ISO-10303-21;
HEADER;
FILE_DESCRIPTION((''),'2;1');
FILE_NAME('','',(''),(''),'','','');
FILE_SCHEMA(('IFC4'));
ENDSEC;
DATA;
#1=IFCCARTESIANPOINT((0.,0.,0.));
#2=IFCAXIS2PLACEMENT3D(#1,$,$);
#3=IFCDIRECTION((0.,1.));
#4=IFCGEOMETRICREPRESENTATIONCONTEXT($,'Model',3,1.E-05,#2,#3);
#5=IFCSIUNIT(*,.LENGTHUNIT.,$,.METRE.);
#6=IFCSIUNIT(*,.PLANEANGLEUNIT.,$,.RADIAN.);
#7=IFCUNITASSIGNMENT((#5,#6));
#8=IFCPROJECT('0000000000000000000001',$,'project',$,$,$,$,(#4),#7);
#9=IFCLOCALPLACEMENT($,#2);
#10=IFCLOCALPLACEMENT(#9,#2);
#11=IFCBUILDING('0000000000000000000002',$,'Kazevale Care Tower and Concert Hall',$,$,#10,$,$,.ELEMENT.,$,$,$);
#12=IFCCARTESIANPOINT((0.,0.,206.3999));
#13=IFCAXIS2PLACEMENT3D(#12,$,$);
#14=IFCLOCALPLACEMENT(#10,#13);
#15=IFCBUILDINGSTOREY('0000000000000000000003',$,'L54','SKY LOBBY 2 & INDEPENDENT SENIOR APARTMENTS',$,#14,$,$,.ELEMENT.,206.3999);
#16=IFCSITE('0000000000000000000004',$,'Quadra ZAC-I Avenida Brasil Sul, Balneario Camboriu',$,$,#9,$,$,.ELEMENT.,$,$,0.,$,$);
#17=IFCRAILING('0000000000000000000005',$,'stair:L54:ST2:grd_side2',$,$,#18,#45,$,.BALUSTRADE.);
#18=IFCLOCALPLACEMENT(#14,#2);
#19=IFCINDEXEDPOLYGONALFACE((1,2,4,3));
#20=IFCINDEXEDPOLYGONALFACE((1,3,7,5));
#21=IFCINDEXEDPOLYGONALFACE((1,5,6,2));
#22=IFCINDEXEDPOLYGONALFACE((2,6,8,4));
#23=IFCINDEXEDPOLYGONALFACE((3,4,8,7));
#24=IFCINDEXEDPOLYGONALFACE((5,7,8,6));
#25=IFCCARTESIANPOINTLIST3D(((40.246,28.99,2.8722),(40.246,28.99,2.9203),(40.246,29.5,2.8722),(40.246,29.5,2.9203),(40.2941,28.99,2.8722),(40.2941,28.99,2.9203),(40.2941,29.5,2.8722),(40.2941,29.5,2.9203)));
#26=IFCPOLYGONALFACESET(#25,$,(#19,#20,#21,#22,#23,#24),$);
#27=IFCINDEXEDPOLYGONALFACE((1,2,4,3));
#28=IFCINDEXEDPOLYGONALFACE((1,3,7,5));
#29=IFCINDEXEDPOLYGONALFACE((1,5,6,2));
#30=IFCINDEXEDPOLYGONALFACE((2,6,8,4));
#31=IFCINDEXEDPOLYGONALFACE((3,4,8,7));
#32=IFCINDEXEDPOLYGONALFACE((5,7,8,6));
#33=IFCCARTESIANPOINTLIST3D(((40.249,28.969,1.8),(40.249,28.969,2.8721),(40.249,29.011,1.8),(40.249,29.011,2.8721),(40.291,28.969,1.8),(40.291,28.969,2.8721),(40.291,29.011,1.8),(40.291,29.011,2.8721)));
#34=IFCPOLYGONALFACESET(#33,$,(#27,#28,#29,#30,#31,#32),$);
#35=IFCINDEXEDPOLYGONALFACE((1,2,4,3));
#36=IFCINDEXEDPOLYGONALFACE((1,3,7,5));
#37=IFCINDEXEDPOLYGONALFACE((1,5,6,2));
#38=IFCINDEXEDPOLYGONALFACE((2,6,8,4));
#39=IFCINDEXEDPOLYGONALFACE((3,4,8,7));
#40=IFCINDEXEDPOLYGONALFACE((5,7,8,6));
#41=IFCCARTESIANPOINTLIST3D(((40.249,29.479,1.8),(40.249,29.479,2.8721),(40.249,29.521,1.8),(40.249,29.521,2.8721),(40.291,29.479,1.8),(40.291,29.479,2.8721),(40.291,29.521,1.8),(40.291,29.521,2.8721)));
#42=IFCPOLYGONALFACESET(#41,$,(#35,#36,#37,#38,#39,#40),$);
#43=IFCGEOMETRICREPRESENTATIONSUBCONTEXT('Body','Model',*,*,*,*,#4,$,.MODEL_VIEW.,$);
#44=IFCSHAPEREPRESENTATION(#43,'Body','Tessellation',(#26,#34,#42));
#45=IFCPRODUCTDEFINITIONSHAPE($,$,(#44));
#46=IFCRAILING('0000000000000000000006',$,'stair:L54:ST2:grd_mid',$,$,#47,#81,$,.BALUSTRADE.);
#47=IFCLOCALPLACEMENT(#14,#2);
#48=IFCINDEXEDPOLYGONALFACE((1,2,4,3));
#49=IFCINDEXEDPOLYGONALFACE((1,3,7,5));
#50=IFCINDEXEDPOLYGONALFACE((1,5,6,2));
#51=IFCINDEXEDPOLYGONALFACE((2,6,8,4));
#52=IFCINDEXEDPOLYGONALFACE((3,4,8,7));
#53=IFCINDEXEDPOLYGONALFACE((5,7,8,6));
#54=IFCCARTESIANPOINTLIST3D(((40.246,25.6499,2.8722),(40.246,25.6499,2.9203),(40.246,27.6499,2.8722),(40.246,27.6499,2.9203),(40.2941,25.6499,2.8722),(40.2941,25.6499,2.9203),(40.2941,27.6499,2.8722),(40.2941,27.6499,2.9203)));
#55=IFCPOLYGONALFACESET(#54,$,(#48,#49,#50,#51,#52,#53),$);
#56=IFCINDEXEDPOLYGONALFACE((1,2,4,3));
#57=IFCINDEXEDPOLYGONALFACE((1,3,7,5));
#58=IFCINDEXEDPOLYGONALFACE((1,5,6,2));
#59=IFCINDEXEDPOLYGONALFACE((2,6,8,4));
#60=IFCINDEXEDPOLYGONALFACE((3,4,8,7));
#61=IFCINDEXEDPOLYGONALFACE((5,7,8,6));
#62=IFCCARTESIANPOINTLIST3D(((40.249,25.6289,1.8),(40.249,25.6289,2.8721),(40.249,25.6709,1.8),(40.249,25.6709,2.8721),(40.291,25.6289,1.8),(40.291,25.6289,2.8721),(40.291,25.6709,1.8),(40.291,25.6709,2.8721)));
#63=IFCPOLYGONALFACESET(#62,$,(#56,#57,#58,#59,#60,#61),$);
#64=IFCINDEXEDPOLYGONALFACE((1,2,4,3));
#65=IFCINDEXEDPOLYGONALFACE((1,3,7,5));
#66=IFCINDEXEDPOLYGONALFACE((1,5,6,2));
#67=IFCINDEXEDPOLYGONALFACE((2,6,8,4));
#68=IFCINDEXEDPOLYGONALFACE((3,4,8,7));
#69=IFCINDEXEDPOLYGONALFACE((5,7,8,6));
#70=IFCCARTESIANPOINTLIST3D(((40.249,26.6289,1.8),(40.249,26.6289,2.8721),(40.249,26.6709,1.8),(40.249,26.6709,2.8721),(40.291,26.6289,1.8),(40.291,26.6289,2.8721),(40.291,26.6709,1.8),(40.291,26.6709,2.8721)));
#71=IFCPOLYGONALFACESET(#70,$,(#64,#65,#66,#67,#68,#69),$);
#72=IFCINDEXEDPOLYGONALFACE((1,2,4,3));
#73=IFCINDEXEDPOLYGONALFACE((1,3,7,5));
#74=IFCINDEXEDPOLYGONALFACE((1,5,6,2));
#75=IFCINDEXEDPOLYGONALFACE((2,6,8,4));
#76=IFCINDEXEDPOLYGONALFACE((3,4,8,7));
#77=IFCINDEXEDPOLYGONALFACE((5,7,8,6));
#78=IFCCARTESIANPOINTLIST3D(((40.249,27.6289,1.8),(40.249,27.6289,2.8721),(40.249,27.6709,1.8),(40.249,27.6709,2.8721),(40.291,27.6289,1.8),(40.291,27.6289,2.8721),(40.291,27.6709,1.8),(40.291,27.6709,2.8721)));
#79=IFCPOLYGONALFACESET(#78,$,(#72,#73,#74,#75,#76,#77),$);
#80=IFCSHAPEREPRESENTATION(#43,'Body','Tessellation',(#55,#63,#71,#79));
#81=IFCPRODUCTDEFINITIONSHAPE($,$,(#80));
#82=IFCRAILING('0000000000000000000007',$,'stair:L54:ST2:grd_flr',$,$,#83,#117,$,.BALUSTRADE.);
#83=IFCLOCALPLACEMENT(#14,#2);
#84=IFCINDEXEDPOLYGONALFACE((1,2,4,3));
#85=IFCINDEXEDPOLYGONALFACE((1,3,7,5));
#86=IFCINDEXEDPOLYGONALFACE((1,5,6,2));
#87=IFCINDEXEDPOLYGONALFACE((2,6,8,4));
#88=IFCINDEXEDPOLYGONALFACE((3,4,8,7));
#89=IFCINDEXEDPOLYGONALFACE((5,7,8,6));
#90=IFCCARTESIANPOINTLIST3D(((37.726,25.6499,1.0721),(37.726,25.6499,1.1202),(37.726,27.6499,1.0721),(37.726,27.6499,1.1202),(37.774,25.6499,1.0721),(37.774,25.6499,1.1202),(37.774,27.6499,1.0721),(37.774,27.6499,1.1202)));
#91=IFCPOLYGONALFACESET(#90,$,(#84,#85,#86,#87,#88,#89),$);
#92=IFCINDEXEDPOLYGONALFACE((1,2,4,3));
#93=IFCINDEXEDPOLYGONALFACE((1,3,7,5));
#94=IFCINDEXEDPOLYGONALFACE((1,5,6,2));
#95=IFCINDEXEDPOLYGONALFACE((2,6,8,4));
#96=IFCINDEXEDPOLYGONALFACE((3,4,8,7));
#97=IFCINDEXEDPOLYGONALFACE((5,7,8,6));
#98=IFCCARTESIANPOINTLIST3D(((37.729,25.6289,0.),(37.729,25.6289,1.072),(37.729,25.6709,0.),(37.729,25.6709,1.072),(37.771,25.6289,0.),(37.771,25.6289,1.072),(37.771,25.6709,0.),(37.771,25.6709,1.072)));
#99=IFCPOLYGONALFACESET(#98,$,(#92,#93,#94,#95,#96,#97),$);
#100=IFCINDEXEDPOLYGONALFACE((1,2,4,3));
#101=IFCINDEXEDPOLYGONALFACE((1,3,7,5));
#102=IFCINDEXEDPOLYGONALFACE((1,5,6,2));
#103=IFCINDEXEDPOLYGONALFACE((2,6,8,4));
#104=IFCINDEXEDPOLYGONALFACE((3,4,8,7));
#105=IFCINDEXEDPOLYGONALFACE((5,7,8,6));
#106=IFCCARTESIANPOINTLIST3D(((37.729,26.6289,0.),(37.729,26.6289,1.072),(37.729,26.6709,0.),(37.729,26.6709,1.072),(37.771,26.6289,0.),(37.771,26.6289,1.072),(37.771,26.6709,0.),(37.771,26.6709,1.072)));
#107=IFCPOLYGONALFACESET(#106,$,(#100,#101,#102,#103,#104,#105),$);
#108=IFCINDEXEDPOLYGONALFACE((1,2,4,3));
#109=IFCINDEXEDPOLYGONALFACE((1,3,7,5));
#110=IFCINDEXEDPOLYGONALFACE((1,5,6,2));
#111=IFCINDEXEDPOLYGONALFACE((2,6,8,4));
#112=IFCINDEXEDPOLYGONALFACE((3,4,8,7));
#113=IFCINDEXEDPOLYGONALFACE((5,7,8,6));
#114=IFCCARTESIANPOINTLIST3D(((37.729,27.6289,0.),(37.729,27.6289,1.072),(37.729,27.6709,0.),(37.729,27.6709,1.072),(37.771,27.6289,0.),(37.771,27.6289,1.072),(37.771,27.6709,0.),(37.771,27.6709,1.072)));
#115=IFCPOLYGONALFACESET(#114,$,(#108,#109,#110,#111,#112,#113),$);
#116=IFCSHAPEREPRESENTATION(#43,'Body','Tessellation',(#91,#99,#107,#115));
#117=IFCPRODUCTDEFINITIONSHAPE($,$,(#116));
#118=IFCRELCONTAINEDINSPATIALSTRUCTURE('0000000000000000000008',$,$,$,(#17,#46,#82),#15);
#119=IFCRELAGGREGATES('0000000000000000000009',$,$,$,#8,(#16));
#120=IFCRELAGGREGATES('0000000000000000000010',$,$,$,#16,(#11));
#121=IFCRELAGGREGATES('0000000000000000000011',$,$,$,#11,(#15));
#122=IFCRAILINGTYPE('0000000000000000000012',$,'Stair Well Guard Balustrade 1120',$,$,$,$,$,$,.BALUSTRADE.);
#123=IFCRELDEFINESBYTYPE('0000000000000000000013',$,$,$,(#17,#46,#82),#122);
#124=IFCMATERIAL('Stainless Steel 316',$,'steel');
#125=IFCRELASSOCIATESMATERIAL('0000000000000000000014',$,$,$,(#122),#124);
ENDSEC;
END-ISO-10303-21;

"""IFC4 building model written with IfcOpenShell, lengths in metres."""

from ifc_helpers import new_model, si_unit, direction, frame, origin, origin_2d, place, context, subcontext, project, spatial, rectangle, extrude, material, type_object, element, save


model = new_model("IFC4")

# Units and contexts
model_context = context("Model", 3, precision=1e-05, world=origin(), true_north=direction((0.0, 1.0)))
body_context = subcontext(model_context, "Body", "Model", "MODEL_VIEW")
ifc_project = project(units=[si_unit("LENGTHUNIT", "METRE"), si_unit("PLANEANGLEUNIT", "RADIAN")], contexts=[model_context])

# Site, building, storey
site_placement = place(None, origin())
site = spatial("IfcSite", under=ifc_project, at=site_placement, Name="Quadra ZAC-I Avenida Brasil Sul, Balneario Camboriu", CompositionType="ELEMENT", RefElevation=0.0)
building_placement = place(site_placement, origin())
building = spatial("IfcBuilding", under=site, at=building_placement, Name="Kazevale Care Tower and Concert Hall", CompositionType="ELEMENT")
storey_placement = place(building_placement, frame((0.0, 0.0, 206.3999)))
storey = spatial("IfcBuildingStorey", under=building, at=storey_placement, Name="L54", Description="SKY LOBBY 2 & INDEPENDENT SENIOR APARTMENTS", CompositionType="ELEMENT", Elevation=206.3999)

# Railings
ifc_material_1 = material(Name="Stainless Steel 316", Category="steel")
railing_type_1 = type_object("IfcRailingType", Name="Stair Well Guard Balustrade 1120", PredefinedType="BALUSTRADE", material=ifc_material_1)
railing_1_placement = place(storey_placement, frame((40.27, 28.99, 1.8)))
element("IfcRailing", 1, at=railing_1_placement, inside=storey, type_object=railing_type_1, Name="stair:L54:ST2:grd_side2", PredefinedType="BALUSTRADE", context=body_context, shape_type="SweptSolid", body=[
    extrude(rectangle(XDim=0.0481, YDim=0.0481, at=origin_2d()), frame((0.0, 0.0, 1.0962), z_axis=(0.0, 1.0, 0.0), x_axis=(-1.0, 0.0, 0.0)), (0.0, 0.0, 1.0), 0.51),
    extrude(rectangle(XDim=0.042, YDim=0.042, at=origin_2d()), origin(), (0.0, 0.0, 1.0), 1.072),
    extrude(rectangle(XDim=0.042, YDim=0.042, at=origin_2d()), frame((0.0, 0.51, 0.0)), (0.0, 0.0, 1.0), 1.072),
])
for number, where, name in (
    (2, (40.27, 25.6499, 1.8), "stair:L54:ST2:grd_mid"),
    (3, (37.75, 25.6499, 0.0), "stair:L54:ST2:grd_flr"),
):
    element("IfcRailing", number, at=place(storey_placement, frame(where)), inside=storey, type_object=railing_type_1, Name=name, PredefinedType="BALUSTRADE", context=body_context, shape_type="SweptSolid", body=[
        extrude(rectangle(XDim=0.0481, YDim=0.0481, at=origin_2d()), frame((0.0, 0.0, 1.0962), z_axis=(0.0, 1.0, 0.0), x_axis=(-1.0, 0.0, 0.0)), (0.0, 0.0, 1.0), 2.0),
        extrude(rectangle(XDim=0.042, YDim=0.042, at=origin_2d()), origin(), (0.0, 0.0, 1.0), 1.072),
        extrude(rectangle(XDim=0.042, YDim=0.042, at=origin_2d()), frame((0.0, 1.0, 0.0)), (0.0, 0.0, 1.0), 1.072),
        extrude(rectangle(XDim=0.042, YDim=0.042, at=origin_2d()), frame((0.0, 2.0, 0.0)), (0.0, 0.0, 1.0), 1.072),
    ])

save(model, "model.ifc")
